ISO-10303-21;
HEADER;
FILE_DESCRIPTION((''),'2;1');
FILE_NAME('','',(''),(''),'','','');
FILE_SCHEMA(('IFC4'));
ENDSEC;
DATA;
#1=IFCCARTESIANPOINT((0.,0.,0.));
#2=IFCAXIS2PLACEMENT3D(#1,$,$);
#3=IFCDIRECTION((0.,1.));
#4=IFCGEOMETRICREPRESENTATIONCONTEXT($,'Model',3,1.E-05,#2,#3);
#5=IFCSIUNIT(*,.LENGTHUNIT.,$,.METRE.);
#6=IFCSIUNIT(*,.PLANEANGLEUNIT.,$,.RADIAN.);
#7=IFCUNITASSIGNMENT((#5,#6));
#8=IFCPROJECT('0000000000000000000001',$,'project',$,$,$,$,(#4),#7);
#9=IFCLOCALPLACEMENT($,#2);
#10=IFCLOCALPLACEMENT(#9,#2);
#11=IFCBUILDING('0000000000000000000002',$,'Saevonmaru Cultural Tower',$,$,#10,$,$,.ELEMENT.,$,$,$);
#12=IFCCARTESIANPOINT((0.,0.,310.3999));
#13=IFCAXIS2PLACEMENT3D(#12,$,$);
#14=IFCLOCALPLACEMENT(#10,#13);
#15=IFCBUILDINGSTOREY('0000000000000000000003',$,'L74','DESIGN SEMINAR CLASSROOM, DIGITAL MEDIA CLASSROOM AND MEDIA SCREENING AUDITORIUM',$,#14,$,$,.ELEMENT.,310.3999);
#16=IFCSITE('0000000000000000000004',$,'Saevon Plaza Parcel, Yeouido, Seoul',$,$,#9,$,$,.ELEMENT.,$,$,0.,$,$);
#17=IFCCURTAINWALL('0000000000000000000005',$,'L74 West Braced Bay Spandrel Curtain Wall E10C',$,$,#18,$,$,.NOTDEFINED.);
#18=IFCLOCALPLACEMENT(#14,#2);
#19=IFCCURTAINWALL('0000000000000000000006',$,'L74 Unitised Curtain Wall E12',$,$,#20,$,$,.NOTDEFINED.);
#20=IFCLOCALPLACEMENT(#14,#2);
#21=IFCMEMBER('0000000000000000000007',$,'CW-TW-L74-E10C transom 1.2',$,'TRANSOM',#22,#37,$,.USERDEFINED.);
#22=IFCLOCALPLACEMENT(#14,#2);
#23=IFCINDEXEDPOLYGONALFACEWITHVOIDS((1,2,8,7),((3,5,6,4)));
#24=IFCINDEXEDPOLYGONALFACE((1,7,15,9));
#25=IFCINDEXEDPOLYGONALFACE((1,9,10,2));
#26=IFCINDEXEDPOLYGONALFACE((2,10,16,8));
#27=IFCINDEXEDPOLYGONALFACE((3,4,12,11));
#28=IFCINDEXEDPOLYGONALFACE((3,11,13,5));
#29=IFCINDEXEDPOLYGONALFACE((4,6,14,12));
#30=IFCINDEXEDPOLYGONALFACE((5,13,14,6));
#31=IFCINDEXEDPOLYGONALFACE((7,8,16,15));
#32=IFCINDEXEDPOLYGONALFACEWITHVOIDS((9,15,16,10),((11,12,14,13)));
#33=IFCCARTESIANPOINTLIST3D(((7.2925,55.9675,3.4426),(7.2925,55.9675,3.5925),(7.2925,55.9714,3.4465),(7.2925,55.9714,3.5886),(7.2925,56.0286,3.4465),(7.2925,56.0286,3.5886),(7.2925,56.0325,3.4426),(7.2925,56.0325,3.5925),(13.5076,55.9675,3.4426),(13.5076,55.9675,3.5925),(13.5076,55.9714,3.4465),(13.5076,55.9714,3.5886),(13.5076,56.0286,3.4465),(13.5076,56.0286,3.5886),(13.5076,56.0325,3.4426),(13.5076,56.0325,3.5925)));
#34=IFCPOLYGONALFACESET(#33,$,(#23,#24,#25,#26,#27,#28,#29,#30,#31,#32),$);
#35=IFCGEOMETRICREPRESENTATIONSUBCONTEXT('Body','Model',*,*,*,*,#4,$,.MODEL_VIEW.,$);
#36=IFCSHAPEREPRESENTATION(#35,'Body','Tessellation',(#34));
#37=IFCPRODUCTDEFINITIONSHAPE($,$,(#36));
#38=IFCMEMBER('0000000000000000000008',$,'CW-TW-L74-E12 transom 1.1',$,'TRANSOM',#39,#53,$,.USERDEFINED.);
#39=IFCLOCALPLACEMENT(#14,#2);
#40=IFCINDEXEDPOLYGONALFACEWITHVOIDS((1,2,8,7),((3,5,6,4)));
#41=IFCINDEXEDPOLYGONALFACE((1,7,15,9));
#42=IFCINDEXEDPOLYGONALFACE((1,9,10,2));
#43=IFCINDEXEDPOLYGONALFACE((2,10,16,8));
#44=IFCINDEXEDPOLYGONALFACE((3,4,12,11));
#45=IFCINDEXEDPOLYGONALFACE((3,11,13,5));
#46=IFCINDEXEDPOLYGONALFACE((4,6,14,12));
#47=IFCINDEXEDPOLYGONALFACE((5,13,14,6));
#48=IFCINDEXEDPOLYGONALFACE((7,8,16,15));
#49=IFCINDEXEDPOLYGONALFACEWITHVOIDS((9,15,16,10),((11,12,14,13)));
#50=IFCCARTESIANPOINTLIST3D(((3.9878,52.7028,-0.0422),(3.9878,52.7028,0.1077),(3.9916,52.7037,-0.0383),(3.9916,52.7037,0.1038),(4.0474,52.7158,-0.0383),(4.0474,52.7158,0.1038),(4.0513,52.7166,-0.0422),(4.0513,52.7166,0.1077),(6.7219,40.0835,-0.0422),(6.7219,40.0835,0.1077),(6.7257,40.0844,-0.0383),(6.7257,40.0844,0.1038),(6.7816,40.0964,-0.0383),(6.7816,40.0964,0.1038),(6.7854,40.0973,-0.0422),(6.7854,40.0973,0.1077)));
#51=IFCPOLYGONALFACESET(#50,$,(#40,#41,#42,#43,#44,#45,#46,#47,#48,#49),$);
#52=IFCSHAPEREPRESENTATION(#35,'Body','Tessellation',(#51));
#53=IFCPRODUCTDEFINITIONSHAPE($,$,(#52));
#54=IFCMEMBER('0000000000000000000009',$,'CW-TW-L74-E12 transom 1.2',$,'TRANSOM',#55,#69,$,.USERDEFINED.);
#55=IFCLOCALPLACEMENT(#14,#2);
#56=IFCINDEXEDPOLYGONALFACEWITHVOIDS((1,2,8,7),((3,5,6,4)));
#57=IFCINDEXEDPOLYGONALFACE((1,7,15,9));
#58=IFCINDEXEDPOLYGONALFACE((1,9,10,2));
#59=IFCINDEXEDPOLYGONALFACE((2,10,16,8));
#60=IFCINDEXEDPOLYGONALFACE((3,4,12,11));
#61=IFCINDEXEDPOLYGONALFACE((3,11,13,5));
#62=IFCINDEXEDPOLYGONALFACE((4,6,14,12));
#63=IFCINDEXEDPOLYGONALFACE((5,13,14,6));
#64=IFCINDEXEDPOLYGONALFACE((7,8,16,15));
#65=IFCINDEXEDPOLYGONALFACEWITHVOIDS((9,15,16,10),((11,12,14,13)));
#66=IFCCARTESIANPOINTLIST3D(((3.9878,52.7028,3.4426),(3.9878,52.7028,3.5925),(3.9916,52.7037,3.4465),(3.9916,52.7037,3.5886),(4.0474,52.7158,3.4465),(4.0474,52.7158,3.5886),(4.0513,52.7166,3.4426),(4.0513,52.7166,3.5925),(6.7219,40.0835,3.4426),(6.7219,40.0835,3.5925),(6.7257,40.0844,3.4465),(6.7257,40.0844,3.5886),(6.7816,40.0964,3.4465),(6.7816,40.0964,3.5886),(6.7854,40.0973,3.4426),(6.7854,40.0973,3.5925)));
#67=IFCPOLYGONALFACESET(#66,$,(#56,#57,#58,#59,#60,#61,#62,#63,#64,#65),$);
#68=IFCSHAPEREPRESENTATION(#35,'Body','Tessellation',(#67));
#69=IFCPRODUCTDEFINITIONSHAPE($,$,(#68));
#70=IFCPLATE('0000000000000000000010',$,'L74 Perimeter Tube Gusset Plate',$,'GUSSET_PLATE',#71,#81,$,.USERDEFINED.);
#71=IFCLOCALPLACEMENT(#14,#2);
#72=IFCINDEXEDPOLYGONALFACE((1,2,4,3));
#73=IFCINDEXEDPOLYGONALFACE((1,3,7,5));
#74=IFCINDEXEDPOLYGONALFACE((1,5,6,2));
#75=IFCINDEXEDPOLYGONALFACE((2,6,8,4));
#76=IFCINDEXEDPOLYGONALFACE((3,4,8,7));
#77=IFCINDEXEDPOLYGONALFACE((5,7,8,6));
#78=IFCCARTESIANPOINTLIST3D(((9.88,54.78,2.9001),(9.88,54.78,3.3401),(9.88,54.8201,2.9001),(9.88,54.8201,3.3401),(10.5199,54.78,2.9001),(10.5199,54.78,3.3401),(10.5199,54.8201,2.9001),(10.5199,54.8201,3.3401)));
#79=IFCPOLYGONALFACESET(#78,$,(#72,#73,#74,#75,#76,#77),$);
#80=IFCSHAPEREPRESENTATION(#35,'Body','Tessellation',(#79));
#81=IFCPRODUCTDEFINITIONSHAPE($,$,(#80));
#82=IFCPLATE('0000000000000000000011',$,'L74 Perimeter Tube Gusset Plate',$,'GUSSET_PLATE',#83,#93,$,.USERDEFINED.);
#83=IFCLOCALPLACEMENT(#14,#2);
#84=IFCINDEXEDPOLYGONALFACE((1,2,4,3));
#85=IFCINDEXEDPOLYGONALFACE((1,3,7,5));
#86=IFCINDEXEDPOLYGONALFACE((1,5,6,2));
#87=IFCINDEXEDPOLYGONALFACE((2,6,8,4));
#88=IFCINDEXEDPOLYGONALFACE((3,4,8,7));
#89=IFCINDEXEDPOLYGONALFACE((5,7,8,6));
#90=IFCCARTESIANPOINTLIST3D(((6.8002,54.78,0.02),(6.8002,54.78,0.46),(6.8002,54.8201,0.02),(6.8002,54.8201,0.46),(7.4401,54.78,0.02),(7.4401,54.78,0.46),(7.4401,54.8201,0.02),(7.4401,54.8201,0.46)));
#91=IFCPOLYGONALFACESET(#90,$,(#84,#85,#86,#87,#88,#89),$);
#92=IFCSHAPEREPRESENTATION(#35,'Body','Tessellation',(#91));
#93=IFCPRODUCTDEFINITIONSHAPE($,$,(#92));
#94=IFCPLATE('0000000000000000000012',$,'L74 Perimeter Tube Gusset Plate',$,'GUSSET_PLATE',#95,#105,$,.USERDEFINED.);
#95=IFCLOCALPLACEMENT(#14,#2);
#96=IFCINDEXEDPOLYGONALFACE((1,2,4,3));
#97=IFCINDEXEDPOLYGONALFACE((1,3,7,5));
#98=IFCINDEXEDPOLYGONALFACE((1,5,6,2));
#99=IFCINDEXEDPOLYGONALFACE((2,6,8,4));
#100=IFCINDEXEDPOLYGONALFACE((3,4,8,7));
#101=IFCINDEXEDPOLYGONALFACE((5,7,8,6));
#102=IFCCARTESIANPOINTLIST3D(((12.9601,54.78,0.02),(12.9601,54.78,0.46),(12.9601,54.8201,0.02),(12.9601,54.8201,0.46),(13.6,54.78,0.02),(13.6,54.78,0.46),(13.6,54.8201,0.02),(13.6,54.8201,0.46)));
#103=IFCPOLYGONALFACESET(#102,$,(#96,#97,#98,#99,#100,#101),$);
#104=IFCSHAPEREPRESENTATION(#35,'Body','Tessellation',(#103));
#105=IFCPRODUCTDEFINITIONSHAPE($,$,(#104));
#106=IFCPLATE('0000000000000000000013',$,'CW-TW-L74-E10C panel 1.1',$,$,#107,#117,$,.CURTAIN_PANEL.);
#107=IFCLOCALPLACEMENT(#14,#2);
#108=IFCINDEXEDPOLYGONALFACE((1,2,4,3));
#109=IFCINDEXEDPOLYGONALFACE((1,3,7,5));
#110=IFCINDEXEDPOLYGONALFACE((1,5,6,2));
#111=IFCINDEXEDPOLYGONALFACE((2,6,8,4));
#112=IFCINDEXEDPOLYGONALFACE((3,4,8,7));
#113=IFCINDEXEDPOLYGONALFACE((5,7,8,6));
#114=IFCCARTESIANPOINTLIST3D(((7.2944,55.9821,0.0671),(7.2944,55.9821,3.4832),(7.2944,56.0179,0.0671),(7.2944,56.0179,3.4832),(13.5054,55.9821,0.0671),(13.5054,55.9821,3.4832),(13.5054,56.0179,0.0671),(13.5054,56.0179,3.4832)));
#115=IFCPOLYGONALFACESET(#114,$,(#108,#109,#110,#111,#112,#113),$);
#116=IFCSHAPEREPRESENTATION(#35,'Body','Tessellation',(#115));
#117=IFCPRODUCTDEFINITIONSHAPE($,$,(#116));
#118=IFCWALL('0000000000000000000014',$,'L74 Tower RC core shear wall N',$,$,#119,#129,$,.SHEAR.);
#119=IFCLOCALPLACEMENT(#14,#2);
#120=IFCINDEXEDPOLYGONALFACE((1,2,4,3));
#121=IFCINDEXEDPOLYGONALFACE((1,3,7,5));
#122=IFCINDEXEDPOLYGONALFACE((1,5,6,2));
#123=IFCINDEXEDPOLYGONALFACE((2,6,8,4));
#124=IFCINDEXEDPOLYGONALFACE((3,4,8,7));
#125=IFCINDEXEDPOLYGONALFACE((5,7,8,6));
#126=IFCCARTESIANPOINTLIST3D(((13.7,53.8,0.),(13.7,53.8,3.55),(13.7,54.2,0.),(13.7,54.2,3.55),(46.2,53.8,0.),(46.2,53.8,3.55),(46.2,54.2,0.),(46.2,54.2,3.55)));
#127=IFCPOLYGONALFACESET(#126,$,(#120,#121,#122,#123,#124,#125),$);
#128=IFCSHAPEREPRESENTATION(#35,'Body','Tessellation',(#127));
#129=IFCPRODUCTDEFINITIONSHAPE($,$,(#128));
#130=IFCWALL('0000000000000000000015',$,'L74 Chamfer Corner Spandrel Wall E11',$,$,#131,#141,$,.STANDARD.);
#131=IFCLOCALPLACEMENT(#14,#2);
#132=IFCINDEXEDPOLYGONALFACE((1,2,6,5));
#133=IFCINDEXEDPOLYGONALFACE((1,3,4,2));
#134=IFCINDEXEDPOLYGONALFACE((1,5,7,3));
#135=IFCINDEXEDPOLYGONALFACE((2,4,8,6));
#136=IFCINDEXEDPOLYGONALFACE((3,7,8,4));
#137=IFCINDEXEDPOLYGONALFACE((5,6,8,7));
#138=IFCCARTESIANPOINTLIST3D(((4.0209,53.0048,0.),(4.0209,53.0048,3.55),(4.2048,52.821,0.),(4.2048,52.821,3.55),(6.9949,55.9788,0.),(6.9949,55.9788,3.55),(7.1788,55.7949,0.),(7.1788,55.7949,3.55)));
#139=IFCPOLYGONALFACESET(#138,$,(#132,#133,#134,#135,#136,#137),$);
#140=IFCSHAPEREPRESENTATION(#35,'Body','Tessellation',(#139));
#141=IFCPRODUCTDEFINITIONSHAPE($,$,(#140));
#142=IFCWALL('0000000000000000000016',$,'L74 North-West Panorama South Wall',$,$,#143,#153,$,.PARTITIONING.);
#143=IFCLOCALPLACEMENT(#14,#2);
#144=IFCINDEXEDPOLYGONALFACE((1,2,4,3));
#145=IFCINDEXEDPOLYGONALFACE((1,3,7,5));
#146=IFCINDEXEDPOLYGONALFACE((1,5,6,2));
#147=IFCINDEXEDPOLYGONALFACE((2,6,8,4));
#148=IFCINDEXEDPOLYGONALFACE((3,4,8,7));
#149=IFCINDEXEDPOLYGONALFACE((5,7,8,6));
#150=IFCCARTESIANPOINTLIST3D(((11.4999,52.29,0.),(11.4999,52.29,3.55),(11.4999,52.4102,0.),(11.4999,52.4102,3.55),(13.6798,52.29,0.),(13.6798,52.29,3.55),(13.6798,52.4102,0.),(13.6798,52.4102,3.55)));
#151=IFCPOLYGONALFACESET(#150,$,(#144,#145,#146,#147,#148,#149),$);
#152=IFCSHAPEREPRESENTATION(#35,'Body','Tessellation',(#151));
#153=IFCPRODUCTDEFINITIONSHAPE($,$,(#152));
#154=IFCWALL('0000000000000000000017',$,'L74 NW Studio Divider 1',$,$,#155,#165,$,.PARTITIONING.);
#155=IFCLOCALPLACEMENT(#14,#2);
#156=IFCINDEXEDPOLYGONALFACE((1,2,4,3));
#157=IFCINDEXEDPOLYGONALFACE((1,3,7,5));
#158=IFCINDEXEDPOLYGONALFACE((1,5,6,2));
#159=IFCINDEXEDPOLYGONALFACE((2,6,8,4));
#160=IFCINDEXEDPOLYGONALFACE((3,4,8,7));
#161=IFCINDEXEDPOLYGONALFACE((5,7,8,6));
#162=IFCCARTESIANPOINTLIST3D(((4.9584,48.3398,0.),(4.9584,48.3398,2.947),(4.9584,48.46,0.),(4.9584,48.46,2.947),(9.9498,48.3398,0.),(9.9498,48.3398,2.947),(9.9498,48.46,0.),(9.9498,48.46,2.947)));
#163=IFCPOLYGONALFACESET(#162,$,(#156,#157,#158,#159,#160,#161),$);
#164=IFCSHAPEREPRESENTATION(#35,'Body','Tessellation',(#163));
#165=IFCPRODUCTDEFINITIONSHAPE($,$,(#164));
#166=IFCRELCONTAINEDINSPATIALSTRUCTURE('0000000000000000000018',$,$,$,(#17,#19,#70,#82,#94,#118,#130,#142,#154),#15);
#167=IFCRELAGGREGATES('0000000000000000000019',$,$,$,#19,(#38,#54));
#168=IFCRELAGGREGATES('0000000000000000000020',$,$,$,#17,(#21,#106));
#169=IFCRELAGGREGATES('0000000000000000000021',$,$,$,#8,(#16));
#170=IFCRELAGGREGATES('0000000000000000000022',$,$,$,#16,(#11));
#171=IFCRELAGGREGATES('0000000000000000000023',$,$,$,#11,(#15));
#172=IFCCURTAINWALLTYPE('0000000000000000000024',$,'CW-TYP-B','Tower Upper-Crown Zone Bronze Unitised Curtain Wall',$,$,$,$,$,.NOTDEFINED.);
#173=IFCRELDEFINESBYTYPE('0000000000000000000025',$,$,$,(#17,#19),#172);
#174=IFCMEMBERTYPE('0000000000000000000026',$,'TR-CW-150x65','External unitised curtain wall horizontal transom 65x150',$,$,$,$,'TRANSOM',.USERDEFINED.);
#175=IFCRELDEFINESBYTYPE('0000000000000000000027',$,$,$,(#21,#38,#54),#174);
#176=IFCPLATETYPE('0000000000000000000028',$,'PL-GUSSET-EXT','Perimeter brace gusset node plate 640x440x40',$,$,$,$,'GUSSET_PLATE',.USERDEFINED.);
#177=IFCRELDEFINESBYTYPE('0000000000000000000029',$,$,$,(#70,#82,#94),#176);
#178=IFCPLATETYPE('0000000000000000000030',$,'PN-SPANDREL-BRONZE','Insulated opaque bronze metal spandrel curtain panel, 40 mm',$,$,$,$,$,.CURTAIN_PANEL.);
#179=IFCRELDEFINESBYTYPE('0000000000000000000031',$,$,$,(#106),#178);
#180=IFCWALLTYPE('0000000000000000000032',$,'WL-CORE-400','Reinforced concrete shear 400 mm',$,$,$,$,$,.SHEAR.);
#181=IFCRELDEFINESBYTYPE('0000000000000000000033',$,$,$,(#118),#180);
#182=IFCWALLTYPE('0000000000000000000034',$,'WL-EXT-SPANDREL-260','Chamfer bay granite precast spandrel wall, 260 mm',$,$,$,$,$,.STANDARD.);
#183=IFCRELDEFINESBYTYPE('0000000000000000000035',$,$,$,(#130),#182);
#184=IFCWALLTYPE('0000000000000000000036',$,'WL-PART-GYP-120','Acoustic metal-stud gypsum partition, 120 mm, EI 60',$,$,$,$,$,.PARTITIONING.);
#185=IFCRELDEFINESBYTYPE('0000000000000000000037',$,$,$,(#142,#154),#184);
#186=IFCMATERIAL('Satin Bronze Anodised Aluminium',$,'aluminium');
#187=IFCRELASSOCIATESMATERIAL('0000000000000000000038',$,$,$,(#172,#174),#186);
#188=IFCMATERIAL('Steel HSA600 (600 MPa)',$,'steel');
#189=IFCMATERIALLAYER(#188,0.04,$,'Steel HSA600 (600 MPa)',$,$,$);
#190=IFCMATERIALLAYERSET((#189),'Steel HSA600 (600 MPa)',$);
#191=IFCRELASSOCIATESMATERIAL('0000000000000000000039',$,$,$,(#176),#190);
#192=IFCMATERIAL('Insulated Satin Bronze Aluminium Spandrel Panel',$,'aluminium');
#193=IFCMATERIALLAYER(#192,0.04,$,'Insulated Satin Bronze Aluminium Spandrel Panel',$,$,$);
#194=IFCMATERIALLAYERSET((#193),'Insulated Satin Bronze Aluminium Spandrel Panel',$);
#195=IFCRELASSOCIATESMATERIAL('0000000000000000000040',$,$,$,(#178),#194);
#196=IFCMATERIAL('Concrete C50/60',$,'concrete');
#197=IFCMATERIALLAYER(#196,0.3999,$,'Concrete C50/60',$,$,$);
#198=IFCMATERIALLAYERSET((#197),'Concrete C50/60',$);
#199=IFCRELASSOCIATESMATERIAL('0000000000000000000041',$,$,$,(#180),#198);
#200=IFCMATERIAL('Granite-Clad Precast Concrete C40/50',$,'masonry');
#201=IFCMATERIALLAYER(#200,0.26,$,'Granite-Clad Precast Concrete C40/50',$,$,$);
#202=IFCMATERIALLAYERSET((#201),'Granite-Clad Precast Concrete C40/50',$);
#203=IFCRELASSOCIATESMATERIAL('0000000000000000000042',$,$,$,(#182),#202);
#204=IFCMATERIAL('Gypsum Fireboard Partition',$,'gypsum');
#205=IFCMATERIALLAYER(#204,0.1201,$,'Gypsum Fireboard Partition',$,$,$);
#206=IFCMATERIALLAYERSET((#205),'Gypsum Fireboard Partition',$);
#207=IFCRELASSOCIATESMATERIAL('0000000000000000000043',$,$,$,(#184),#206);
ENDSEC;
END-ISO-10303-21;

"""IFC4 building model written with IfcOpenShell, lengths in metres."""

from ifc_helpers import new_model, si_unit, direction, frame, frame_2d, origin, origin_2d, place, context, subcontext, project, spatial, rectangle, hollow_rectangle, extrude, material, layer, layer_set, material_profile, profile_set, type_object, element, aggregate, save


model = new_model("IFC4")

# Units and contexts
model_context = context("Model", 3, precision=1e-05, world=origin(), true_north=direction((0.0, 1.0)))
body_context = subcontext(model_context, "Body", "Model", "MODEL_VIEW")
ifc_project = project(units=[si_unit("LENGTHUNIT", "METRE"), si_unit("PLANEANGLEUNIT", "RADIAN")], contexts=[model_context])

# Site, building, storey
site_placement = place(None, origin())
site = spatial("IfcSite", under=ifc_project, at=site_placement, Name="Saevon Plaza Parcel, Yeouido, Seoul", CompositionType="ELEMENT", RefElevation=0.0)
building_placement = place(site_placement, origin())
building = spatial("IfcBuilding", under=site, at=building_placement, Name="Saevonmaru Cultural Tower", CompositionType="ELEMENT")
storey_placement = place(building_placement, frame((0.0, 0.0, 310.3999)))
storey = spatial("IfcBuildingStorey", under=building, at=storey_placement, Name="L74", Description="DESIGN SEMINAR CLASSROOM, DIGITAL MEDIA CLASSROOM AND MEDIA SCREENING AUDITORIUM", CompositionType="ELEMENT", Elevation=310.3999)

# Shared definitions
ifc_material_1 = material(Name="Satin Bronze Anodised Aluminium", Category="aluminium")
curtain_wall_type = type_object("IfcCurtainWallType", Name="CW-TYP-B", Description="Tower Upper-Crown Zone Bronze Unitised Curtain Wall", PredefinedType="NOTDEFINED", material=ifc_material_1)

# Curtain wall
curtain_wall_1_placement = place(storey_placement, origin())
curtain_wall_1 = element("IfcCurtainWall", 1, at=curtain_wall_1_placement, inside=storey, type_object=curtain_wall_type, Name="L74 West Braced Bay Spandrel Curtain Wall E10C", PredefinedType="NOTDEFINED")

# Curtain wall
curtain_wall_2_placement = place(storey_placement, origin())
curtain_wall_2 = element("IfcCurtainWall", 2, at=curtain_wall_2_placement, inside=storey, type_object=curtain_wall_type, Name="L74 Unitised Curtain Wall E12", PredefinedType="NOTDEFINED")

# Members
ifc_material_profile_1 = material_profile(ifc_material_1, hollow_rectangle(XDim=0.0649, YDim=0.1499, WallThickness=0.0039, at=origin_2d()), Name="ALU-TRAN-150x65x4")
ifc_profile_set_1 = profile_set([ifc_material_profile_1], Name="Satin Bronze Anodised Aluminium")
member_type_1 = type_object("IfcMemberType", Name="TR-CW-150x65", Description="External unitised curtain wall horizontal transom 65x150", ElementType="TRANSOM", PredefinedType="USERDEFINED", material=ifc_profile_set_1)
member_1_placement = place(storey_placement, frame((13.5076, 56.0, 3.5176), z_axis=(-1.0, 0.0, 0.0), x_axis=(0.0, -1.0, 0.0)))
member_1 = element("IfcMember", 3, at=member_1_placement, type_object=member_type_1, Name="CW-TW-L74-E10C transom 1.2", ObjectType="TRANSOM", PredefinedType="USERDEFINED", context=body_context, shape_type="SweptSolid", body=[
    extrude(hollow_rectangle(XDim=0.0649, YDim=0.1499, WallThickness=0.0039, at=origin_2d()), origin(), (0.0, 0.0, 1.0), 6.2151),
])
member_2_placement = place(storey_placement, frame((4.0195, 52.7097, 0.0327), z_axis=(0.211748, -0.977324, 0.0), x_axis=(0.977324, 0.211748, 0.0)))
member_2 = element("IfcMember", 4, at=member_2_placement, type_object=member_type_1, Name="CW-TW-L74-E12 transom 1.1", ObjectType="TRANSOM", PredefinedType="USERDEFINED", context=body_context, shape_type="SweptSolid", body=[
    extrude(hollow_rectangle(XDim=0.0649, YDim=0.1499, WallThickness=0.0039, at=origin_2d()), origin(), (0.0, 0.0, 1.0), 12.9121),
])
member_3_placement = place(storey_placement, frame((4.0195, 52.7097, 3.5176), z_axis=(0.211748, -0.977324, 0.0), x_axis=(0.977324, 0.211748, 0.0)))
member_3 = element("IfcMember", 5, at=member_3_placement, type_object=member_type_1, Name="CW-TW-L74-E12 transom 1.2", ObjectType="TRANSOM", PredefinedType="USERDEFINED", context=body_context, shape_type="SweptSolid", body=[
    extrude(hollow_rectangle(XDim=0.0649, YDim=0.1499, WallThickness=0.0039, at=origin_2d()), origin(), (0.0, 0.0, 1.0), 12.9121),
])
aggregate(curtain_wall_2, [member_2, member_3])

# Plates
ifc_material_2 = material(Name="Steel HSA600 (600 MPa)", Category="steel")
ifc_layer_1 = layer(ifc_material_2, 0.04, Name="Steel HSA600 (600 MPa)")
ifc_layer_set_1 = layer_set([ifc_layer_1], Name="Steel HSA600 (600 MPa)")
plate_type_1 = type_object("IfcPlateType", Name="PL-GUSSET-EXT", Description="Perimeter brace gusset node plate 640x440x40", ElementType="GUSSET_PLATE", PredefinedType="USERDEFINED", material=ifc_layer_set_1)
for number, where, z_axis, x_axis, name in (
    (6, (10.2, 54.8, 2.9001), (0.0, 0.0, 1.0), (1.0, 0.0, 0.0), "L74 Perimeter Tube Gusset Plate"),
    (7, (7.1201, 54.8, 0.02), (0.0, 0.0, 1.0), (1.0, 0.0, 0.0), "L74 Perimeter Tube Gusset Plate"),
    (8, (13.28, 54.8, 0.02), (0.0, 0.0, 1.0), (1.0, 0.0, 0.0), "L74 Perimeter Tube Gusset Plate"),
):
    element("IfcPlate", number, at=place(storey_placement, frame(where, z_axis=z_axis, x_axis=x_axis)), inside=storey, type_object=plate_type_1, Name=name, ObjectType="GUSSET_PLATE", PredefinedType="USERDEFINED", context=body_context, shape_type="SweptSolid", body=[
        extrude(rectangle(XDim=0.6399, YDim=0.04, at=origin_2d()), origin(), (0.0, 0.0, 1.0), 0.4399),
    ])

# Plate
ifc_material_3 = material(Name="Insulated Satin Bronze Aluminium Spandrel Panel", Category="aluminium")
ifc_layer_2 = layer(ifc_material_3, 0.04, Name="Insulated Satin Bronze Aluminium Spandrel Panel")
ifc_layer_set_2 = layer_set([ifc_layer_2], Name="Insulated Satin Bronze Aluminium Spandrel Panel")
plate_type_2 = type_object("IfcPlateType", Name="PN-SPANDREL-BRONZE", Description="Insulated opaque bronze metal spandrel curtain panel, 40 mm", PredefinedType="CURTAIN_PANEL", material=ifc_layer_set_2)
plate_placement = place(storey_placement, frame((10.3999, 56.0, 0.0671), z_axis=(0.0, 0.0, 1.0), x_axis=(-1.0, 0.0, 0.0)))
plate = element("IfcPlate", 9, at=plate_placement, type_object=plate_type_2, Name="CW-TW-L74-E10C panel 1.1", PredefinedType="CURTAIN_PANEL", context=body_context, shape_type="SweptSolid", body=[
    extrude(rectangle(XDim=6.2109, YDim=0.0359, at=origin_2d()), origin(), (0.0, 0.0, 1.0), 3.416),
])
aggregate(curtain_wall_1, [member_1, plate])

# Walls
ifc_material_4 = material(Name="Concrete C50/60", Category="concrete")
ifc_layer_3 = layer(ifc_material_4, 0.3999, Name="Concrete C50/60")
ifc_layer_set_3 = layer_set([ifc_layer_3], Name="Concrete C50/60")
wall_type_1 = type_object("IfcWallType", Name="WL-CORE-400", Description="Reinforced concrete shear 400 mm", PredefinedType="SHEAR", material=ifc_layer_set_3)
wall_1_placement = place(storey_placement, frame((13.7, 54.0, 0.0), z_axis=(0.0, 0.0, 1.0), x_axis=(1.0, 0.0, 0.0)))
element("IfcWall", 10, at=wall_1_placement, inside=storey, type_object=wall_type_1, Name="L74 Tower RC core shear wall N", PredefinedType="SHEAR", context=body_context, shape_type="SweptSolid", body=[
    extrude(rectangle(XDim=32.5, YDim=0.3999, at=frame_2d((16.25, 0.0))), origin(), (0.0, 0.0, 1.0), 3.55),
])
ifc_material_5 = material(Name="Granite-Clad Precast Concrete C40/50", Category="masonry")
ifc_layer_4 = layer(ifc_material_5, 0.26, Name="Granite-Clad Precast Concrete C40/50")
ifc_layer_set_4 = layer_set([ifc_layer_4], Name="Granite-Clad Precast Concrete C40/50")
wall_type_2 = type_object("IfcWallType", Name="WL-EXT-SPANDREL-260", Description="Chamfer bay granite precast spandrel wall, 260 mm", PredefinedType="STANDARD", material=ifc_layer_set_4)
wall_2_placement = place(storey_placement, frame((7.0869, 55.887, 0.0), z_axis=(0.0, 0.0, 1.0), x_axis=(-0.707107, -0.707107, 0.0)))
element("IfcWall", 11, at=wall_2_placement, inside=storey, type_object=wall_type_2, Name="L74 Chamfer Corner Spandrel Wall E11", PredefinedType="STANDARD", context=body_context, shape_type="SweptSolid", body=[
    extrude(rectangle(XDim=4.2058, YDim=0.26, at=frame_2d((2.103, 0.0))), origin(), (0.0, 0.0, 1.0), 3.55),
])

# Shared definitions
ifc_material_6 = material(Name="Gypsum Fireboard Partition", Category="gypsum")

# Walls
ifc_layer_5 = layer(ifc_material_6, 0.1201, Name="Gypsum Fireboard Partition")
ifc_layer_set_5 = layer_set([ifc_layer_5], Name="Gypsum Fireboard Partition")
wall_type_3 = type_object("IfcWallType", Name="WL-PART-GYP-120", Description="Acoustic metal-stud gypsum partition, 120 mm, EI 60", PredefinedType="PARTITIONING", material=ifc_layer_set_5)
wall_3_placement = place(storey_placement, frame((11.5, 52.3501, 0.0), z_axis=(0.0, 0.0, 1.0), x_axis=(1.0, 0.0, 0.0)))
element("IfcWall", 12, at=wall_3_placement, inside=storey, type_object=wall_type_3, Name="L74 North-West Panorama South Wall", PredefinedType="PARTITIONING", context=body_context, shape_type="SweptSolid", body=[
    extrude(rectangle(XDim=2.1799, YDim=0.1201, at=frame_2d((1.0898, 0.0))), origin(), (0.0, 0.0, 1.0), 3.55),
])
wall_4_placement = place(storey_placement, frame((4.9585, 48.3999, 0.0), z_axis=(0.0, 0.0, 1.0), x_axis=(1.0, 0.0, 0.0)))
element("IfcWall", 13, at=wall_4_placement, inside=storey, type_object=wall_type_3, Name="L74 NW Studio Divider 1", PredefinedType="PARTITIONING", context=body_context, shape_type="SweptSolid", body=[
    extrude(rectangle(XDim=4.9915, YDim=0.1201, at=frame_2d((2.4956, 0.0))), origin(), (0.0, 0.0, 1.0), 2.947),
])

save(model, "model.ifc")
